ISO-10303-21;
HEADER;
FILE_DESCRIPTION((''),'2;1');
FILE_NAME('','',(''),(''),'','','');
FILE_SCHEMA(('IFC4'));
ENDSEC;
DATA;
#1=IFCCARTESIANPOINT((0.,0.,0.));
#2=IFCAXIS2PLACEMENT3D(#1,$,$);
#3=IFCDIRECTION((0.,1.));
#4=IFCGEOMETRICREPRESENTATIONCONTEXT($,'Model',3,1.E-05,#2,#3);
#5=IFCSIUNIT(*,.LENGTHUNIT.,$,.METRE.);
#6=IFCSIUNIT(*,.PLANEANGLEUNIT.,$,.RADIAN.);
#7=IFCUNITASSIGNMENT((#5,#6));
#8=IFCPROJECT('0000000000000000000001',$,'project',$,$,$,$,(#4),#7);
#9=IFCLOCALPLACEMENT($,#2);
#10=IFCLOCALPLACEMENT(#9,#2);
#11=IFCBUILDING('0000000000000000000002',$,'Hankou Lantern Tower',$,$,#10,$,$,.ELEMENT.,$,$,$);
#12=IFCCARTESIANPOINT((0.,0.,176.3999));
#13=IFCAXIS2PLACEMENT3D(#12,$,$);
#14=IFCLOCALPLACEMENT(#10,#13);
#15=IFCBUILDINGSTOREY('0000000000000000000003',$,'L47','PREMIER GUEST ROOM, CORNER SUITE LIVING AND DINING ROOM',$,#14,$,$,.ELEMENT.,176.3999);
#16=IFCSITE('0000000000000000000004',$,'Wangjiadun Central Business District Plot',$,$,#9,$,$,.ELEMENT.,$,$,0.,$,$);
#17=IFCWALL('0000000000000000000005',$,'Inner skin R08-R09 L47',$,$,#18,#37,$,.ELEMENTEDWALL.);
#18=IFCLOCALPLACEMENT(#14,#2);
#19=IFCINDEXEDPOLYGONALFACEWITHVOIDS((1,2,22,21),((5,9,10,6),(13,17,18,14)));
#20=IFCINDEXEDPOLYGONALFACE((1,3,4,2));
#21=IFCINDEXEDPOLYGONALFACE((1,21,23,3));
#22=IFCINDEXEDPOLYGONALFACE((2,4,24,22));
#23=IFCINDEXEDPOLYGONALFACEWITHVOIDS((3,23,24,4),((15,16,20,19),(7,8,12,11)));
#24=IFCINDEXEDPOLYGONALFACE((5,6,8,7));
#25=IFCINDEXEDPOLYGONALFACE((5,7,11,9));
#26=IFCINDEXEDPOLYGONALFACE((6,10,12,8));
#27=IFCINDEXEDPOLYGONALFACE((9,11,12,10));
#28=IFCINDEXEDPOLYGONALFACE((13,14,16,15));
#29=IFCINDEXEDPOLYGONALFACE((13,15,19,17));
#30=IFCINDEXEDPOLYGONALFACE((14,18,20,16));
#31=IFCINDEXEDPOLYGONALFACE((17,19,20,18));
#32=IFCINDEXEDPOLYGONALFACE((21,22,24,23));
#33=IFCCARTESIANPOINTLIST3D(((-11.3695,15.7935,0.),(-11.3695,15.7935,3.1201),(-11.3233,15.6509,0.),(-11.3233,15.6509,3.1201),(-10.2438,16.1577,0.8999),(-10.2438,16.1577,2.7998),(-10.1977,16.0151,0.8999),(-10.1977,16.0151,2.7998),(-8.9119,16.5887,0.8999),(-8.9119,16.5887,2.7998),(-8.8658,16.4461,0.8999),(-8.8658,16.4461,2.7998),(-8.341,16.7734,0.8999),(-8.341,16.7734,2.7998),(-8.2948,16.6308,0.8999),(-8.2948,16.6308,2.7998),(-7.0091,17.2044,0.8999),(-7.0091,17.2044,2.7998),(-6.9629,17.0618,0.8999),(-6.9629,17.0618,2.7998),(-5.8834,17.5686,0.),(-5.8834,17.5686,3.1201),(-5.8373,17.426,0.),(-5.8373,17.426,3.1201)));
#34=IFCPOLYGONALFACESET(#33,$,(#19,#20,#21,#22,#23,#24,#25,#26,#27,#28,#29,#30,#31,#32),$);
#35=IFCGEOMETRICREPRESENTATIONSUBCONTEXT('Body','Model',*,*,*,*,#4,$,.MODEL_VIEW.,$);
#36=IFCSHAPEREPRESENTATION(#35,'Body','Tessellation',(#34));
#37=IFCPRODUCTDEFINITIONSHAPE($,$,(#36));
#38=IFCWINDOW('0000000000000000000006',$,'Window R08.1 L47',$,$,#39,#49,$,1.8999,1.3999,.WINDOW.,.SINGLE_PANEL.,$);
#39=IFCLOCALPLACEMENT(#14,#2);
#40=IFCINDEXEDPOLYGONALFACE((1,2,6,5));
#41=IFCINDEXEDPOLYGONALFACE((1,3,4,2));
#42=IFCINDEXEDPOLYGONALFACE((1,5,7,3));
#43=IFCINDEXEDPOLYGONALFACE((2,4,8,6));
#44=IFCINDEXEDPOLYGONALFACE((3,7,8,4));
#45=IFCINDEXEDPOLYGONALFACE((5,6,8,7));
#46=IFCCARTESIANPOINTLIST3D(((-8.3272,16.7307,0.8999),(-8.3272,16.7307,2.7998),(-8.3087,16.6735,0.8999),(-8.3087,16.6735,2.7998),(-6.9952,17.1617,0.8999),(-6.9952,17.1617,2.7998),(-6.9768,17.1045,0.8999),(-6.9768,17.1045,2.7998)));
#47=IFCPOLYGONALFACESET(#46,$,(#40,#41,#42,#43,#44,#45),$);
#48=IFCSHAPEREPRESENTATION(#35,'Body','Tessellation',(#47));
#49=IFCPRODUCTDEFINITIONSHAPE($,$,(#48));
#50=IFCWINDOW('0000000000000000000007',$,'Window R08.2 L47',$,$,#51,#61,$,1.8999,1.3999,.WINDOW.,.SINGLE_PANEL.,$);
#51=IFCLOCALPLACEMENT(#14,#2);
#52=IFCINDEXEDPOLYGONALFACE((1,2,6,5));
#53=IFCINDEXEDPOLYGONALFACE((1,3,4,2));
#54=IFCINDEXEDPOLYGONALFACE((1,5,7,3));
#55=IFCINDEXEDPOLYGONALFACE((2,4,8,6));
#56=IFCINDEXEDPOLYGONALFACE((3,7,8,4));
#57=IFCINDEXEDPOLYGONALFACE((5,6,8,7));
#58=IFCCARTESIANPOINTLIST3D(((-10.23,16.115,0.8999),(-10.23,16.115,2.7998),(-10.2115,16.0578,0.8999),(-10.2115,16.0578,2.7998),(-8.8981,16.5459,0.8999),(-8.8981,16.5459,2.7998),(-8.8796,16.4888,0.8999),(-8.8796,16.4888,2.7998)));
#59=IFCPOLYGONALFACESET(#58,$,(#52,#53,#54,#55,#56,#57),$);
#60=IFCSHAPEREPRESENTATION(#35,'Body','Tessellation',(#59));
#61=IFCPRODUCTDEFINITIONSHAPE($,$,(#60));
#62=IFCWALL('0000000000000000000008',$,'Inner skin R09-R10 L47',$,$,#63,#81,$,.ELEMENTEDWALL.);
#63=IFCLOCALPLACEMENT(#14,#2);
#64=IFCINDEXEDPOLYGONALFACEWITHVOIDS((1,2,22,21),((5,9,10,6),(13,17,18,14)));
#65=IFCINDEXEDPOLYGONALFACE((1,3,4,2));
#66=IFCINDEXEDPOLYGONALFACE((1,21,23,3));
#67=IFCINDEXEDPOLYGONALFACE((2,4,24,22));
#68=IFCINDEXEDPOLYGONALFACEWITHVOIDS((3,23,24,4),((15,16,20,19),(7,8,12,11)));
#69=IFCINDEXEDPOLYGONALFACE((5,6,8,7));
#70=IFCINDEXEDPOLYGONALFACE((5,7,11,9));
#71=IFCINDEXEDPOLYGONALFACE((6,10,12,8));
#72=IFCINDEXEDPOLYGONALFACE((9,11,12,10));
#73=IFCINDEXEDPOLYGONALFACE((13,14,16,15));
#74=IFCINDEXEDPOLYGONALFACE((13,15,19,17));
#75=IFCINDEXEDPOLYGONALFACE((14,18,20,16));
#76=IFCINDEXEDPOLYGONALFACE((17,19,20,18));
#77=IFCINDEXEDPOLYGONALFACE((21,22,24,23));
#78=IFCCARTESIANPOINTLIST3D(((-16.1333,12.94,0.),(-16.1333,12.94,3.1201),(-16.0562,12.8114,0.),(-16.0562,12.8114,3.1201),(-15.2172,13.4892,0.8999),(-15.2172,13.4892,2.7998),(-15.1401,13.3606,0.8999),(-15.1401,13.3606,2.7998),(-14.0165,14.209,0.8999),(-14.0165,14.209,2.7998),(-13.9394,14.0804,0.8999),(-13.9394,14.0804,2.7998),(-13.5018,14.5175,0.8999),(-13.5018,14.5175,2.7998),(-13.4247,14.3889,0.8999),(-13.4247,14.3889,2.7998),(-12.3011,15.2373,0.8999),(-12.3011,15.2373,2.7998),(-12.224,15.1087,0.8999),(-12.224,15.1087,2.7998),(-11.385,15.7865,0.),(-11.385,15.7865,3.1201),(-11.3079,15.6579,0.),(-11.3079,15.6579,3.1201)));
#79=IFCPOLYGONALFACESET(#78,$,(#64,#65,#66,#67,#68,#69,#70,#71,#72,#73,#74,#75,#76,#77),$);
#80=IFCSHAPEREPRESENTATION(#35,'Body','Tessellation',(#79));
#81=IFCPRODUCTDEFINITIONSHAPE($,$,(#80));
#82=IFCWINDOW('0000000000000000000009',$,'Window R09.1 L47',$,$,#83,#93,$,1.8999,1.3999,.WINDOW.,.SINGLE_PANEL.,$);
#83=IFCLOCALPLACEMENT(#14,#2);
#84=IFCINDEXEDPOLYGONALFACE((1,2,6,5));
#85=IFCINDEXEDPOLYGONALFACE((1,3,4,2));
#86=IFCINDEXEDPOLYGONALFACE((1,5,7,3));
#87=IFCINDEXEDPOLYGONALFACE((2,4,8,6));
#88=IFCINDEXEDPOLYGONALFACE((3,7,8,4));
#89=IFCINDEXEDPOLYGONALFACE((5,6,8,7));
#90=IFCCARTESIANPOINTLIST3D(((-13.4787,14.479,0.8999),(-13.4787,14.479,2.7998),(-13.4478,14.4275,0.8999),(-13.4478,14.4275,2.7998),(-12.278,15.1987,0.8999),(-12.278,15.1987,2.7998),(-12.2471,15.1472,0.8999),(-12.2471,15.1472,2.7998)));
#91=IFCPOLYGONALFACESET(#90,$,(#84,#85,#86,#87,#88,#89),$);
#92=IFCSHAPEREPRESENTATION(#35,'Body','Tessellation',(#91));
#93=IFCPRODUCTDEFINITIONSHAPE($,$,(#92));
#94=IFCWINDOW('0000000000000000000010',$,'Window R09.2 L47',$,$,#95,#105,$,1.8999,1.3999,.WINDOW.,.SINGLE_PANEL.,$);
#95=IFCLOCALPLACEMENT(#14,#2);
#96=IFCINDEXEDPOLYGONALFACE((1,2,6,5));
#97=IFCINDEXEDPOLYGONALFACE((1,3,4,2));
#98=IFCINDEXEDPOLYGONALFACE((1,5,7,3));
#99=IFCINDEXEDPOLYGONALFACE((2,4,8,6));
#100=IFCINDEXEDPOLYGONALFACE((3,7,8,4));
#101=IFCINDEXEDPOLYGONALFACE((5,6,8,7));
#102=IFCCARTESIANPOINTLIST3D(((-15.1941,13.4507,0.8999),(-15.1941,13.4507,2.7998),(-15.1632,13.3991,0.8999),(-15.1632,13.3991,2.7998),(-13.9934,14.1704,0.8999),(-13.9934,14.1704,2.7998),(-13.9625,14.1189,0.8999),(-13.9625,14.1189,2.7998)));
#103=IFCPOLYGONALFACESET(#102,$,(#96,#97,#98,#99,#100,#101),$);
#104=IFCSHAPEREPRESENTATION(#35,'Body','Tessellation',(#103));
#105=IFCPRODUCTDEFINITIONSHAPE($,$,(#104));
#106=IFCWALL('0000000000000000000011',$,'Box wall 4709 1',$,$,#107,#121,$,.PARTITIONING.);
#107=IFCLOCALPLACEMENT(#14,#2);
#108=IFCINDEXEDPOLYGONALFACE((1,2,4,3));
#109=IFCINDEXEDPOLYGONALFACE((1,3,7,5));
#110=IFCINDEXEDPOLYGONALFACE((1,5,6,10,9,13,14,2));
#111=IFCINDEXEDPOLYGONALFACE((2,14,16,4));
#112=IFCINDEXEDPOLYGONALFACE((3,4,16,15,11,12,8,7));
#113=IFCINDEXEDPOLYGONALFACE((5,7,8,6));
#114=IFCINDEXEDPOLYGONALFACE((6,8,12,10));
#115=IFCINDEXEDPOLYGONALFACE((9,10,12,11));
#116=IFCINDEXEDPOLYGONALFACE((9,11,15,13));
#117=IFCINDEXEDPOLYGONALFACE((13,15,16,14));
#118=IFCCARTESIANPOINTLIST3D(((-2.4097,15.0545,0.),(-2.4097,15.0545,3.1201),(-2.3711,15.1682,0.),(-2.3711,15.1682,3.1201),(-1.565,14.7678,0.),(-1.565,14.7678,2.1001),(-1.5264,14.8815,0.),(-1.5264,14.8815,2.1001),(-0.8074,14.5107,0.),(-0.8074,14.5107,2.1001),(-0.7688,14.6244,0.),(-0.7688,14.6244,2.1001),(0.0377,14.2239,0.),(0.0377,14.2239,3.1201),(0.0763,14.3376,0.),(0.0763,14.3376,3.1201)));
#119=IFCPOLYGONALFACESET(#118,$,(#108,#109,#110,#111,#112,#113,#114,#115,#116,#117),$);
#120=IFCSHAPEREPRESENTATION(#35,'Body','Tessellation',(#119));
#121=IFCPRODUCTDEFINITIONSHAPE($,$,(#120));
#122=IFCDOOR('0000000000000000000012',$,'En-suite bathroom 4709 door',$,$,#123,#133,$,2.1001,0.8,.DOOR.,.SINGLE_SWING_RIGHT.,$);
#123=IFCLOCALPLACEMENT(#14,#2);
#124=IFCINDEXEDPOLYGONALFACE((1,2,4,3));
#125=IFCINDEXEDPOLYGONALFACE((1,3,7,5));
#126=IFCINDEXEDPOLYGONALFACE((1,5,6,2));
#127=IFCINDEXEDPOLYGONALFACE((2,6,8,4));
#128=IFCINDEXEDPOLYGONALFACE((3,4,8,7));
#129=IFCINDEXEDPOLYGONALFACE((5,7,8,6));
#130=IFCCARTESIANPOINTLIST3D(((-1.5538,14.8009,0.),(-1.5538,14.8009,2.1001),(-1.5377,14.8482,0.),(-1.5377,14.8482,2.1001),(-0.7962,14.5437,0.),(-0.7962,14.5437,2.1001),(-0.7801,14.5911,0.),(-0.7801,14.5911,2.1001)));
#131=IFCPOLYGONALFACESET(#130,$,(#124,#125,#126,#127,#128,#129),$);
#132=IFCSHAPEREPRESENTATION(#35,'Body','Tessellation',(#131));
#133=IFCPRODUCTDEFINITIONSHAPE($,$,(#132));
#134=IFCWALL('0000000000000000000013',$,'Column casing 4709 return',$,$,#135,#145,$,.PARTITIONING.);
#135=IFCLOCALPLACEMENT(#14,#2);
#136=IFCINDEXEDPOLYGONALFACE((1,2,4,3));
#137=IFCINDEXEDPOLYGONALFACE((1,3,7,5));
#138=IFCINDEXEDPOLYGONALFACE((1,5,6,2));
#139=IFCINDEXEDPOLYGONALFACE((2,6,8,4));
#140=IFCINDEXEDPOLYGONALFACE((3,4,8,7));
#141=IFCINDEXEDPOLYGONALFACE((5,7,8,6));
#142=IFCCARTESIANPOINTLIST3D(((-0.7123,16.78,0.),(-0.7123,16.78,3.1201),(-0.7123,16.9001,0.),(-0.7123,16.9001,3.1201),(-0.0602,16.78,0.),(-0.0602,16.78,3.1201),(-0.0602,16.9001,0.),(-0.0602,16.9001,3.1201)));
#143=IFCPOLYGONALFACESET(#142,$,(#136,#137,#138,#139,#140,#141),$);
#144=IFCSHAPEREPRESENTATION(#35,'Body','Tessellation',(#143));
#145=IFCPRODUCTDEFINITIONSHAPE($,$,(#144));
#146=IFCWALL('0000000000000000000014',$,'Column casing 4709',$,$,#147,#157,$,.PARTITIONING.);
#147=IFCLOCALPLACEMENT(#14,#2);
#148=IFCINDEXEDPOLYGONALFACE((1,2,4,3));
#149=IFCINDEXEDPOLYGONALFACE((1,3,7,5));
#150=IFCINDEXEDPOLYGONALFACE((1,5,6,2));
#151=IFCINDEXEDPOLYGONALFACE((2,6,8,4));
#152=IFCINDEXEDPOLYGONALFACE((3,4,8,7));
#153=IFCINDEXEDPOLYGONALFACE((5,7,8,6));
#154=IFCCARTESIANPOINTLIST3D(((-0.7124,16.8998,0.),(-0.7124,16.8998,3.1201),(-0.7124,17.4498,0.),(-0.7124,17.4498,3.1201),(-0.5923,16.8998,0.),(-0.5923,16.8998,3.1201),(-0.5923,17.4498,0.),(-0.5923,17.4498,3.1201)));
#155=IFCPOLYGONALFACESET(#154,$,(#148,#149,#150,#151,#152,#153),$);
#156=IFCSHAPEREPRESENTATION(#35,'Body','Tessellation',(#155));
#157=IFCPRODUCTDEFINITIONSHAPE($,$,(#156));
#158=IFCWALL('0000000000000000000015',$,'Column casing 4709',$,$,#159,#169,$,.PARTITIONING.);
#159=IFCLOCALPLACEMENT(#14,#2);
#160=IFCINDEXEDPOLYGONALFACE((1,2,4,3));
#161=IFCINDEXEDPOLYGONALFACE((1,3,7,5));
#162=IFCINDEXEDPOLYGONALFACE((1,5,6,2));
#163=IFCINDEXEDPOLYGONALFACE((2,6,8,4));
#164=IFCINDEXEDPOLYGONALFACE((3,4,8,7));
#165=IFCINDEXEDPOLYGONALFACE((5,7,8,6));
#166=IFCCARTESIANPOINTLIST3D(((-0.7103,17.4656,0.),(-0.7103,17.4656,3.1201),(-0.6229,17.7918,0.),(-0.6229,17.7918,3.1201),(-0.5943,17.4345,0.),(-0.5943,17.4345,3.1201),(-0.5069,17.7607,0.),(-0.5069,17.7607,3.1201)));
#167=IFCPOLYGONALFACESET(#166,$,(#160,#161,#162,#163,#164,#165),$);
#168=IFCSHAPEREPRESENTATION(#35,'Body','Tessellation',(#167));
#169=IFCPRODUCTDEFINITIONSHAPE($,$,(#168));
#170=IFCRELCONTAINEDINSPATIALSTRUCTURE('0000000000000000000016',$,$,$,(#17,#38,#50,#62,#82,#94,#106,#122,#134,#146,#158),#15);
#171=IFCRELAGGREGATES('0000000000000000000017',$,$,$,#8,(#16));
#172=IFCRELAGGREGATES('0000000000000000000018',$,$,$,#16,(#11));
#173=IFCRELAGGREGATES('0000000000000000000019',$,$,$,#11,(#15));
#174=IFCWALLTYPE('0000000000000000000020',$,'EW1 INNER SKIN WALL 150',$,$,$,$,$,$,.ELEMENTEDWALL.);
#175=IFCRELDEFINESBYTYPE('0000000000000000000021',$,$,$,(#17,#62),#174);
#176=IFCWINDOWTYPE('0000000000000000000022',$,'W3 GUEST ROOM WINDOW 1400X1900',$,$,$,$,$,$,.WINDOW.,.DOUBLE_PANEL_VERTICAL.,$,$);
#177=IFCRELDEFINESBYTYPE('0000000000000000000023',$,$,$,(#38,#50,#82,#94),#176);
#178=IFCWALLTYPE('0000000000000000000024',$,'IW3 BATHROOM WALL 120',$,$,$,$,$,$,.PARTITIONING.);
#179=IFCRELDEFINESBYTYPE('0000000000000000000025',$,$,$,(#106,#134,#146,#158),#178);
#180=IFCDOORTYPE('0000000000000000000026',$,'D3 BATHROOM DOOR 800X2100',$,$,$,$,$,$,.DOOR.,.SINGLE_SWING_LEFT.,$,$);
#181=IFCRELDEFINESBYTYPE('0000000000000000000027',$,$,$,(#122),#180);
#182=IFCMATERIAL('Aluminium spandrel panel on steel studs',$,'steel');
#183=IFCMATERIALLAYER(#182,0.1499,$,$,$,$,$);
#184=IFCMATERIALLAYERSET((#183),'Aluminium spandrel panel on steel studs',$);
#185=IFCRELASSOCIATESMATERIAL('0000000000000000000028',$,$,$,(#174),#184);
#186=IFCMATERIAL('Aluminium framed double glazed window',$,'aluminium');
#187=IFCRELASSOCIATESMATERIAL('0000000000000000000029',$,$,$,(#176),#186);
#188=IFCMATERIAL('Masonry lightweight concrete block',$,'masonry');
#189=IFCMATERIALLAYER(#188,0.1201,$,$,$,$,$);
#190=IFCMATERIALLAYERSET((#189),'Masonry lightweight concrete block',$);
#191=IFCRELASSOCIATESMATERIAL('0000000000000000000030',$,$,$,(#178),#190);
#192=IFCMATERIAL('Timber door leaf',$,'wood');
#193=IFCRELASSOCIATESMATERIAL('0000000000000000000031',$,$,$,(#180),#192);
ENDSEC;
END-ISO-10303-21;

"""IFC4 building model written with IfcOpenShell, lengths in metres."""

from ifc_helpers import new_model, si_unit, direction, frame, frame_2d, origin, place, context, subcontext, project, spatial, rectangle, extrude, material, layer, layer_set, type_object, element, fill, save


model = new_model("IFC4")

# Units and contexts
model_context = context("Model", 3, precision=1e-05, world=origin(), true_north=direction((0.0, 1.0)))
body_context = subcontext(model_context, "Body", "Model", "MODEL_VIEW")
ifc_project = project(units=[si_unit("LENGTHUNIT", "METRE"), si_unit("PLANEANGLEUNIT", "RADIAN")], contexts=[model_context])

# Site, building, storey
site_placement = place(None, origin())
site = spatial("IfcSite", under=ifc_project, at=site_placement, Name="Wangjiadun Central Business District Plot", CompositionType="ELEMENT", RefElevation=0.0)
building_placement = place(site_placement, origin())
building = spatial("IfcBuilding", under=site, at=building_placement, Name="Hankou Lantern Tower", CompositionType="ELEMENT")
storey_placement = place(building_placement, frame((0.0, 0.0, 176.3999)))
storey = spatial("IfcBuildingStorey", under=building, at=storey_placement, Name="L47", Description="PREMIER GUEST ROOM, CORNER SUITE LIVING AND DINING ROOM", CompositionType="ELEMENT", Elevation=176.3999)

# Walls, openings, windows
ifc_material_1 = material(Name="Aluminium spandrel panel on steel studs", Category="steel")
ifc_layer_1 = layer(ifc_material_1, 0.1499)
ifc_layer_set_1 = layer_set([ifc_layer_1], Name="Aluminium spandrel panel on steel studs")
wall_type_1 = type_object("IfcWallType", Name="EW1 INNER SKIN WALL 150", PredefinedType="ELEMENTEDWALL", material=ifc_layer_set_1)
wall_1_placement = place(storey_placement, frame((-5.8604, 17.4973, 0.0), z_axis=(0.0, 0.0, 1.0), x_axis=(-0.951432, -0.307857, 0.0)))
wall_1 = element("IfcWall", 1, at=wall_1_placement, inside=storey, type_object=wall_type_1, Name="Inner skin R08-R09 L47", PredefinedType="ELEMENTEDWALL", context=body_context, shape_type="SweptSolid", body=[
    extrude(rectangle(XDim=5.7661, YDim=0.1499, at=frame_2d((2.8831, 0.0))), origin(), (0.0, 0.0, 1.0), 3.1201),
])
opening_1_placement = place(wall_1_placement, frame((1.1831, 0.0, 0.8999)))
opening_1 = element("IfcOpeningElement", 2, at=opening_1_placement, cuts=wall_1, PredefinedType="OPENING", context=body_context, shape_type="SweptSolid", body=[
    extrude(rectangle(XDim=1.3999, YDim=1.8999, at=frame_2d((0.7, 0.95))), frame((0.0, 0.085, 0.0), z_axis=(0.0, -1.0, 0.0), x_axis=(1.0, 0.0, 0.0)), (0.0, 0.0, 1.0), 0.1699),
])
opening_2_placement = place(wall_1_placement, frame((3.1831, 0.0, 0.8999)))
opening_2 = element("IfcOpeningElement", 3, at=opening_2_placement, cuts=wall_1, PredefinedType="OPENING", context=body_context, shape_type="SweptSolid", body=[
    extrude(rectangle(XDim=1.3999, YDim=1.8999, at=frame_2d((0.7, 0.95))), frame((0.0, 0.085, 0.0), z_axis=(0.0, -1.0, 0.0), x_axis=(1.0, 0.0, 0.0)), (0.0, 0.0, 1.0), 0.1699),
])
ifc_material_2 = material(Name="Aluminium framed double glazed window", Category="aluminium")
window_type = type_object("IfcWindowType", Name="W3 GUEST ROOM WINDOW 1400X1900", PartitioningType="DOUBLE_PANEL_VERTICAL", PredefinedType="WINDOW", material=ifc_material_2)
window_1_placement = place(opening_1_placement, origin())
window_1 = element("IfcWindow", 4, at=window_1_placement, inside=storey, type_object=window_type, Name="Window R08.1 L47", OverallHeight=1.8999, OverallWidth=1.3999, PartitioningType="SINGLE_PANEL", PredefinedType="WINDOW", context=body_context, shape_type="SweptSolid", body=[
    extrude(rectangle(XDim=1.3999, YDim=1.8999, at=frame_2d((0.7, 0.95))), frame((0.0, 0.03, 0.0), z_axis=(0.0, -1.0, 0.0), x_axis=(1.0, 0.0, 0.0)), (0.0, 0.0, 1.0), 0.0601),
])
fill(opening_1, window_1)
window_2_placement = place(opening_2_placement, origin())
window_2 = element("IfcWindow", 5, at=window_2_placement, inside=storey, type_object=window_type, Name="Window R08.2 L47", OverallHeight=1.8999, OverallWidth=1.3999, PartitioningType="SINGLE_PANEL", PredefinedType="WINDOW", context=body_context, shape_type="SweptSolid", body=[
    extrude(rectangle(XDim=1.3999, YDim=1.8999, at=frame_2d((0.7, 0.95))), frame((0.0, 0.03, 0.0), z_axis=(0.0, -1.0, 0.0), x_axis=(1.0, 0.0, 0.0)), (0.0, 0.0, 1.0), 0.0601),
])
fill(opening_2, window_2)
wall_2_placement = place(storey_placement, frame((-11.3464, 15.7222, 0.0), z_axis=(0.0, 0.0, 1.0), x_axis=(-0.857695, -0.514158, 0.0)))
wall_2 = element("IfcWall", 6, at=wall_2_placement, inside=storey, type_object=wall_type_1, Name="Inner skin R09-R10 L47", PredefinedType="ELEMENTEDWALL", context=body_context, shape_type="SweptSolid", body=[
    extrude(rectangle(XDim=5.5361, YDim=0.1499, at=frame_2d((2.7681, 0.0))), origin(), (0.0, 0.0, 1.0), 3.1201),
])
opening_3_placement = place(wall_2_placement, frame((1.0681, 0.0, 0.8999)))
opening_3 = element("IfcOpeningElement", 7, at=opening_3_placement, cuts=wall_2, PredefinedType="OPENING", context=body_context, shape_type="SweptSolid", body=[
    extrude(rectangle(XDim=1.3999, YDim=1.8999, at=frame_2d((0.7, 0.95))), frame((0.0, 0.085, 0.0), z_axis=(0.0, -1.0, 0.0), x_axis=(1.0, 0.0, 0.0)), (0.0, 0.0, 1.0), 0.1699),
])
opening_4_placement = place(wall_2_placement, frame((3.0681, 0.0, 0.8999)))
opening_4 = element("IfcOpeningElement", 8, at=opening_4_placement, cuts=wall_2, PredefinedType="OPENING", context=body_context, shape_type="SweptSolid", body=[
    extrude(rectangle(XDim=1.3999, YDim=1.8999, at=frame_2d((0.7, 0.95))), frame((0.0, 0.085, 0.0), z_axis=(0.0, -1.0, 0.0), x_axis=(1.0, 0.0, 0.0)), (0.0, 0.0, 1.0), 0.1699),
])
window_3_placement = place(opening_3_placement, origin())
window_3 = element("IfcWindow", 9, at=window_3_placement, inside=storey, type_object=window_type, Name="Window R09.1 L47", OverallHeight=1.8999, OverallWidth=1.3999, PartitioningType="SINGLE_PANEL", PredefinedType="WINDOW", context=body_context, shape_type="SweptSolid", body=[
    extrude(rectangle(XDim=1.3999, YDim=1.8999, at=frame_2d((0.7, 0.95))), frame((0.0, 0.03, 0.0), z_axis=(0.0, -1.0, 0.0), x_axis=(1.0, 0.0, 0.0)), (0.0, 0.0, 1.0), 0.0601),
])
fill(opening_3, window_3)
window_4_placement = place(opening_4_placement, origin())
window_4 = element("IfcWindow", 10, at=window_4_placement, inside=storey, type_object=window_type, Name="Window R09.2 L47", OverallHeight=1.8999, OverallWidth=1.3999, PartitioningType="SINGLE_PANEL", PredefinedType="WINDOW", context=body_context, shape_type="SweptSolid", body=[
    extrude(rectangle(XDim=1.3999, YDim=1.8999, at=frame_2d((0.7, 0.95))), frame((0.0, 0.03, 0.0), z_axis=(0.0, -1.0, 0.0), x_axis=(1.0, 0.0, 0.0)), (0.0, 0.0, 1.0), 0.0601),
])
fill(opening_4, window_4)

# Wall, opening, door
ifc_material_3 = material(Name="Masonry lightweight concrete block", Category="masonry")
ifc_layer_2 = layer(ifc_material_3, 0.1201)
ifc_layer_set_2 = layer_set([ifc_layer_2], Name="Masonry lightweight concrete block")
wall_type_2 = type_object("IfcWallType", Name="IW3 BATHROOM WALL 120", PredefinedType="PARTITIONING", material=ifc_layer_set_2)
wall_3_placement = place(storey_placement, frame((-2.3904, 15.1113, 0.0), z_axis=(0.0, 0.0, 1.0), x_axis=(0.94695, -0.321381, 0.0)))
wall_3 = element("IfcWall", 11, at=wall_3_placement, inside=storey, type_object=wall_type_2, Name="Box wall 4709 1", PredefinedType="PARTITIONING", context=body_context, shape_type="SweptSolid", body=[
    extrude(rectangle(XDim=2.5845, YDim=0.1201, at=frame_2d((1.2922, 0.0))), origin(), (0.0, 0.0, 1.0), 3.1201),
])
opening_5_placement = place(wall_3_placement, frame((0.8921, 0.0, 0.0)))
opening_5 = element("IfcOpeningElement", 12, at=opening_5_placement, cuts=wall_3, PredefinedType="OPENING", context=body_context, shape_type="SweptSolid", body=[
    extrude(rectangle(XDim=0.8, YDim=2.1001, at=frame_2d((0.3999, 1.05))), frame((0.0, 0.0701, 0.0), z_axis=(0.0, -1.0, 0.0), x_axis=(1.0, 0.0, 0.0)), (0.0, 0.0, 1.0), 0.1401),
])
ifc_material_4 = material(Name="Timber door leaf", Category="wood")
door_type = type_object("IfcDoorType", Name="D3 BATHROOM DOOR 800X2100", OperationType="SINGLE_SWING_LEFT", PredefinedType="DOOR", material=ifc_material_4)
door_placement = place(opening_5_placement, origin())
door = element("IfcDoor", 13, at=door_placement, inside=storey, type_object=door_type, Name="En-suite bathroom 4709 door", OperationType="SINGLE_SWING_RIGHT", OverallHeight=2.1001, OverallWidth=0.8, PredefinedType="DOOR", context=body_context, shape_type="SweptSolid", body=[
    extrude(rectangle(XDim=0.8, YDim=2.1001, at=frame_2d((0.3999, 1.05))), frame((0.0, 0.0249, 0.0), z_axis=(0.0, -1.0, 0.0), x_axis=(1.0, 0.0, 0.0)), (0.0, 0.0, 1.0), 0.05),
])
fill(opening_5, door)

# Walls
wall_4_placement = place(storey_placement, frame((-0.0601, 16.8401, 0.0), z_axis=(0.0, 0.0, 1.0), x_axis=(-1.0, 0.0, 0.0)))
element("IfcWall", 14, at=wall_4_placement, inside=storey, type_object=wall_type_2, Name="Column casing 4709 return", PredefinedType="PARTITIONING", context=body_context, shape_type="SweptSolid", body=[
    extrude(rectangle(XDim=0.6521, YDim=0.1201, at=frame_2d((0.3262, 0.0))), origin(), (0.0, 0.0, 1.0), 3.1201),
])
wall_5_placement = place(storey_placement, frame((-0.6523, 16.8999, 0.0), z_axis=(0.0, 0.0, 1.0), x_axis=(0.0, 1.0, 0.0)))
element("IfcWall", 15, at=wall_5_placement, inside=storey, type_object=wall_type_2, Name="Column casing 4709", PredefinedType="PARTITIONING", context=body_context, shape_type="SweptSolid", body=[
    extrude(rectangle(XDim=0.55, YDim=0.1201, at=frame_2d((0.2749, 0.0))), origin(), (0.0, 0.0, 1.0), 3.1201),
])
wall_6_placement = place(storey_placement, frame((-0.6523, 17.45, 0.0), z_axis=(0.0, 0.0, 1.0), x_axis=(0.258832, 0.965922, 0.0)))
element("IfcWall", 16, at=wall_6_placement, inside=storey, type_object=wall_type_2, Name="Column casing 4709", PredefinedType="PARTITIONING", context=body_context, shape_type="SweptSolid", body=[
    extrude(rectangle(XDim=0.3376, YDim=0.1201, at=frame_2d((0.1689, 0.0))), origin(), (0.0, 0.0, 1.0), 3.1201),
])

save(model, "model.ifc")
